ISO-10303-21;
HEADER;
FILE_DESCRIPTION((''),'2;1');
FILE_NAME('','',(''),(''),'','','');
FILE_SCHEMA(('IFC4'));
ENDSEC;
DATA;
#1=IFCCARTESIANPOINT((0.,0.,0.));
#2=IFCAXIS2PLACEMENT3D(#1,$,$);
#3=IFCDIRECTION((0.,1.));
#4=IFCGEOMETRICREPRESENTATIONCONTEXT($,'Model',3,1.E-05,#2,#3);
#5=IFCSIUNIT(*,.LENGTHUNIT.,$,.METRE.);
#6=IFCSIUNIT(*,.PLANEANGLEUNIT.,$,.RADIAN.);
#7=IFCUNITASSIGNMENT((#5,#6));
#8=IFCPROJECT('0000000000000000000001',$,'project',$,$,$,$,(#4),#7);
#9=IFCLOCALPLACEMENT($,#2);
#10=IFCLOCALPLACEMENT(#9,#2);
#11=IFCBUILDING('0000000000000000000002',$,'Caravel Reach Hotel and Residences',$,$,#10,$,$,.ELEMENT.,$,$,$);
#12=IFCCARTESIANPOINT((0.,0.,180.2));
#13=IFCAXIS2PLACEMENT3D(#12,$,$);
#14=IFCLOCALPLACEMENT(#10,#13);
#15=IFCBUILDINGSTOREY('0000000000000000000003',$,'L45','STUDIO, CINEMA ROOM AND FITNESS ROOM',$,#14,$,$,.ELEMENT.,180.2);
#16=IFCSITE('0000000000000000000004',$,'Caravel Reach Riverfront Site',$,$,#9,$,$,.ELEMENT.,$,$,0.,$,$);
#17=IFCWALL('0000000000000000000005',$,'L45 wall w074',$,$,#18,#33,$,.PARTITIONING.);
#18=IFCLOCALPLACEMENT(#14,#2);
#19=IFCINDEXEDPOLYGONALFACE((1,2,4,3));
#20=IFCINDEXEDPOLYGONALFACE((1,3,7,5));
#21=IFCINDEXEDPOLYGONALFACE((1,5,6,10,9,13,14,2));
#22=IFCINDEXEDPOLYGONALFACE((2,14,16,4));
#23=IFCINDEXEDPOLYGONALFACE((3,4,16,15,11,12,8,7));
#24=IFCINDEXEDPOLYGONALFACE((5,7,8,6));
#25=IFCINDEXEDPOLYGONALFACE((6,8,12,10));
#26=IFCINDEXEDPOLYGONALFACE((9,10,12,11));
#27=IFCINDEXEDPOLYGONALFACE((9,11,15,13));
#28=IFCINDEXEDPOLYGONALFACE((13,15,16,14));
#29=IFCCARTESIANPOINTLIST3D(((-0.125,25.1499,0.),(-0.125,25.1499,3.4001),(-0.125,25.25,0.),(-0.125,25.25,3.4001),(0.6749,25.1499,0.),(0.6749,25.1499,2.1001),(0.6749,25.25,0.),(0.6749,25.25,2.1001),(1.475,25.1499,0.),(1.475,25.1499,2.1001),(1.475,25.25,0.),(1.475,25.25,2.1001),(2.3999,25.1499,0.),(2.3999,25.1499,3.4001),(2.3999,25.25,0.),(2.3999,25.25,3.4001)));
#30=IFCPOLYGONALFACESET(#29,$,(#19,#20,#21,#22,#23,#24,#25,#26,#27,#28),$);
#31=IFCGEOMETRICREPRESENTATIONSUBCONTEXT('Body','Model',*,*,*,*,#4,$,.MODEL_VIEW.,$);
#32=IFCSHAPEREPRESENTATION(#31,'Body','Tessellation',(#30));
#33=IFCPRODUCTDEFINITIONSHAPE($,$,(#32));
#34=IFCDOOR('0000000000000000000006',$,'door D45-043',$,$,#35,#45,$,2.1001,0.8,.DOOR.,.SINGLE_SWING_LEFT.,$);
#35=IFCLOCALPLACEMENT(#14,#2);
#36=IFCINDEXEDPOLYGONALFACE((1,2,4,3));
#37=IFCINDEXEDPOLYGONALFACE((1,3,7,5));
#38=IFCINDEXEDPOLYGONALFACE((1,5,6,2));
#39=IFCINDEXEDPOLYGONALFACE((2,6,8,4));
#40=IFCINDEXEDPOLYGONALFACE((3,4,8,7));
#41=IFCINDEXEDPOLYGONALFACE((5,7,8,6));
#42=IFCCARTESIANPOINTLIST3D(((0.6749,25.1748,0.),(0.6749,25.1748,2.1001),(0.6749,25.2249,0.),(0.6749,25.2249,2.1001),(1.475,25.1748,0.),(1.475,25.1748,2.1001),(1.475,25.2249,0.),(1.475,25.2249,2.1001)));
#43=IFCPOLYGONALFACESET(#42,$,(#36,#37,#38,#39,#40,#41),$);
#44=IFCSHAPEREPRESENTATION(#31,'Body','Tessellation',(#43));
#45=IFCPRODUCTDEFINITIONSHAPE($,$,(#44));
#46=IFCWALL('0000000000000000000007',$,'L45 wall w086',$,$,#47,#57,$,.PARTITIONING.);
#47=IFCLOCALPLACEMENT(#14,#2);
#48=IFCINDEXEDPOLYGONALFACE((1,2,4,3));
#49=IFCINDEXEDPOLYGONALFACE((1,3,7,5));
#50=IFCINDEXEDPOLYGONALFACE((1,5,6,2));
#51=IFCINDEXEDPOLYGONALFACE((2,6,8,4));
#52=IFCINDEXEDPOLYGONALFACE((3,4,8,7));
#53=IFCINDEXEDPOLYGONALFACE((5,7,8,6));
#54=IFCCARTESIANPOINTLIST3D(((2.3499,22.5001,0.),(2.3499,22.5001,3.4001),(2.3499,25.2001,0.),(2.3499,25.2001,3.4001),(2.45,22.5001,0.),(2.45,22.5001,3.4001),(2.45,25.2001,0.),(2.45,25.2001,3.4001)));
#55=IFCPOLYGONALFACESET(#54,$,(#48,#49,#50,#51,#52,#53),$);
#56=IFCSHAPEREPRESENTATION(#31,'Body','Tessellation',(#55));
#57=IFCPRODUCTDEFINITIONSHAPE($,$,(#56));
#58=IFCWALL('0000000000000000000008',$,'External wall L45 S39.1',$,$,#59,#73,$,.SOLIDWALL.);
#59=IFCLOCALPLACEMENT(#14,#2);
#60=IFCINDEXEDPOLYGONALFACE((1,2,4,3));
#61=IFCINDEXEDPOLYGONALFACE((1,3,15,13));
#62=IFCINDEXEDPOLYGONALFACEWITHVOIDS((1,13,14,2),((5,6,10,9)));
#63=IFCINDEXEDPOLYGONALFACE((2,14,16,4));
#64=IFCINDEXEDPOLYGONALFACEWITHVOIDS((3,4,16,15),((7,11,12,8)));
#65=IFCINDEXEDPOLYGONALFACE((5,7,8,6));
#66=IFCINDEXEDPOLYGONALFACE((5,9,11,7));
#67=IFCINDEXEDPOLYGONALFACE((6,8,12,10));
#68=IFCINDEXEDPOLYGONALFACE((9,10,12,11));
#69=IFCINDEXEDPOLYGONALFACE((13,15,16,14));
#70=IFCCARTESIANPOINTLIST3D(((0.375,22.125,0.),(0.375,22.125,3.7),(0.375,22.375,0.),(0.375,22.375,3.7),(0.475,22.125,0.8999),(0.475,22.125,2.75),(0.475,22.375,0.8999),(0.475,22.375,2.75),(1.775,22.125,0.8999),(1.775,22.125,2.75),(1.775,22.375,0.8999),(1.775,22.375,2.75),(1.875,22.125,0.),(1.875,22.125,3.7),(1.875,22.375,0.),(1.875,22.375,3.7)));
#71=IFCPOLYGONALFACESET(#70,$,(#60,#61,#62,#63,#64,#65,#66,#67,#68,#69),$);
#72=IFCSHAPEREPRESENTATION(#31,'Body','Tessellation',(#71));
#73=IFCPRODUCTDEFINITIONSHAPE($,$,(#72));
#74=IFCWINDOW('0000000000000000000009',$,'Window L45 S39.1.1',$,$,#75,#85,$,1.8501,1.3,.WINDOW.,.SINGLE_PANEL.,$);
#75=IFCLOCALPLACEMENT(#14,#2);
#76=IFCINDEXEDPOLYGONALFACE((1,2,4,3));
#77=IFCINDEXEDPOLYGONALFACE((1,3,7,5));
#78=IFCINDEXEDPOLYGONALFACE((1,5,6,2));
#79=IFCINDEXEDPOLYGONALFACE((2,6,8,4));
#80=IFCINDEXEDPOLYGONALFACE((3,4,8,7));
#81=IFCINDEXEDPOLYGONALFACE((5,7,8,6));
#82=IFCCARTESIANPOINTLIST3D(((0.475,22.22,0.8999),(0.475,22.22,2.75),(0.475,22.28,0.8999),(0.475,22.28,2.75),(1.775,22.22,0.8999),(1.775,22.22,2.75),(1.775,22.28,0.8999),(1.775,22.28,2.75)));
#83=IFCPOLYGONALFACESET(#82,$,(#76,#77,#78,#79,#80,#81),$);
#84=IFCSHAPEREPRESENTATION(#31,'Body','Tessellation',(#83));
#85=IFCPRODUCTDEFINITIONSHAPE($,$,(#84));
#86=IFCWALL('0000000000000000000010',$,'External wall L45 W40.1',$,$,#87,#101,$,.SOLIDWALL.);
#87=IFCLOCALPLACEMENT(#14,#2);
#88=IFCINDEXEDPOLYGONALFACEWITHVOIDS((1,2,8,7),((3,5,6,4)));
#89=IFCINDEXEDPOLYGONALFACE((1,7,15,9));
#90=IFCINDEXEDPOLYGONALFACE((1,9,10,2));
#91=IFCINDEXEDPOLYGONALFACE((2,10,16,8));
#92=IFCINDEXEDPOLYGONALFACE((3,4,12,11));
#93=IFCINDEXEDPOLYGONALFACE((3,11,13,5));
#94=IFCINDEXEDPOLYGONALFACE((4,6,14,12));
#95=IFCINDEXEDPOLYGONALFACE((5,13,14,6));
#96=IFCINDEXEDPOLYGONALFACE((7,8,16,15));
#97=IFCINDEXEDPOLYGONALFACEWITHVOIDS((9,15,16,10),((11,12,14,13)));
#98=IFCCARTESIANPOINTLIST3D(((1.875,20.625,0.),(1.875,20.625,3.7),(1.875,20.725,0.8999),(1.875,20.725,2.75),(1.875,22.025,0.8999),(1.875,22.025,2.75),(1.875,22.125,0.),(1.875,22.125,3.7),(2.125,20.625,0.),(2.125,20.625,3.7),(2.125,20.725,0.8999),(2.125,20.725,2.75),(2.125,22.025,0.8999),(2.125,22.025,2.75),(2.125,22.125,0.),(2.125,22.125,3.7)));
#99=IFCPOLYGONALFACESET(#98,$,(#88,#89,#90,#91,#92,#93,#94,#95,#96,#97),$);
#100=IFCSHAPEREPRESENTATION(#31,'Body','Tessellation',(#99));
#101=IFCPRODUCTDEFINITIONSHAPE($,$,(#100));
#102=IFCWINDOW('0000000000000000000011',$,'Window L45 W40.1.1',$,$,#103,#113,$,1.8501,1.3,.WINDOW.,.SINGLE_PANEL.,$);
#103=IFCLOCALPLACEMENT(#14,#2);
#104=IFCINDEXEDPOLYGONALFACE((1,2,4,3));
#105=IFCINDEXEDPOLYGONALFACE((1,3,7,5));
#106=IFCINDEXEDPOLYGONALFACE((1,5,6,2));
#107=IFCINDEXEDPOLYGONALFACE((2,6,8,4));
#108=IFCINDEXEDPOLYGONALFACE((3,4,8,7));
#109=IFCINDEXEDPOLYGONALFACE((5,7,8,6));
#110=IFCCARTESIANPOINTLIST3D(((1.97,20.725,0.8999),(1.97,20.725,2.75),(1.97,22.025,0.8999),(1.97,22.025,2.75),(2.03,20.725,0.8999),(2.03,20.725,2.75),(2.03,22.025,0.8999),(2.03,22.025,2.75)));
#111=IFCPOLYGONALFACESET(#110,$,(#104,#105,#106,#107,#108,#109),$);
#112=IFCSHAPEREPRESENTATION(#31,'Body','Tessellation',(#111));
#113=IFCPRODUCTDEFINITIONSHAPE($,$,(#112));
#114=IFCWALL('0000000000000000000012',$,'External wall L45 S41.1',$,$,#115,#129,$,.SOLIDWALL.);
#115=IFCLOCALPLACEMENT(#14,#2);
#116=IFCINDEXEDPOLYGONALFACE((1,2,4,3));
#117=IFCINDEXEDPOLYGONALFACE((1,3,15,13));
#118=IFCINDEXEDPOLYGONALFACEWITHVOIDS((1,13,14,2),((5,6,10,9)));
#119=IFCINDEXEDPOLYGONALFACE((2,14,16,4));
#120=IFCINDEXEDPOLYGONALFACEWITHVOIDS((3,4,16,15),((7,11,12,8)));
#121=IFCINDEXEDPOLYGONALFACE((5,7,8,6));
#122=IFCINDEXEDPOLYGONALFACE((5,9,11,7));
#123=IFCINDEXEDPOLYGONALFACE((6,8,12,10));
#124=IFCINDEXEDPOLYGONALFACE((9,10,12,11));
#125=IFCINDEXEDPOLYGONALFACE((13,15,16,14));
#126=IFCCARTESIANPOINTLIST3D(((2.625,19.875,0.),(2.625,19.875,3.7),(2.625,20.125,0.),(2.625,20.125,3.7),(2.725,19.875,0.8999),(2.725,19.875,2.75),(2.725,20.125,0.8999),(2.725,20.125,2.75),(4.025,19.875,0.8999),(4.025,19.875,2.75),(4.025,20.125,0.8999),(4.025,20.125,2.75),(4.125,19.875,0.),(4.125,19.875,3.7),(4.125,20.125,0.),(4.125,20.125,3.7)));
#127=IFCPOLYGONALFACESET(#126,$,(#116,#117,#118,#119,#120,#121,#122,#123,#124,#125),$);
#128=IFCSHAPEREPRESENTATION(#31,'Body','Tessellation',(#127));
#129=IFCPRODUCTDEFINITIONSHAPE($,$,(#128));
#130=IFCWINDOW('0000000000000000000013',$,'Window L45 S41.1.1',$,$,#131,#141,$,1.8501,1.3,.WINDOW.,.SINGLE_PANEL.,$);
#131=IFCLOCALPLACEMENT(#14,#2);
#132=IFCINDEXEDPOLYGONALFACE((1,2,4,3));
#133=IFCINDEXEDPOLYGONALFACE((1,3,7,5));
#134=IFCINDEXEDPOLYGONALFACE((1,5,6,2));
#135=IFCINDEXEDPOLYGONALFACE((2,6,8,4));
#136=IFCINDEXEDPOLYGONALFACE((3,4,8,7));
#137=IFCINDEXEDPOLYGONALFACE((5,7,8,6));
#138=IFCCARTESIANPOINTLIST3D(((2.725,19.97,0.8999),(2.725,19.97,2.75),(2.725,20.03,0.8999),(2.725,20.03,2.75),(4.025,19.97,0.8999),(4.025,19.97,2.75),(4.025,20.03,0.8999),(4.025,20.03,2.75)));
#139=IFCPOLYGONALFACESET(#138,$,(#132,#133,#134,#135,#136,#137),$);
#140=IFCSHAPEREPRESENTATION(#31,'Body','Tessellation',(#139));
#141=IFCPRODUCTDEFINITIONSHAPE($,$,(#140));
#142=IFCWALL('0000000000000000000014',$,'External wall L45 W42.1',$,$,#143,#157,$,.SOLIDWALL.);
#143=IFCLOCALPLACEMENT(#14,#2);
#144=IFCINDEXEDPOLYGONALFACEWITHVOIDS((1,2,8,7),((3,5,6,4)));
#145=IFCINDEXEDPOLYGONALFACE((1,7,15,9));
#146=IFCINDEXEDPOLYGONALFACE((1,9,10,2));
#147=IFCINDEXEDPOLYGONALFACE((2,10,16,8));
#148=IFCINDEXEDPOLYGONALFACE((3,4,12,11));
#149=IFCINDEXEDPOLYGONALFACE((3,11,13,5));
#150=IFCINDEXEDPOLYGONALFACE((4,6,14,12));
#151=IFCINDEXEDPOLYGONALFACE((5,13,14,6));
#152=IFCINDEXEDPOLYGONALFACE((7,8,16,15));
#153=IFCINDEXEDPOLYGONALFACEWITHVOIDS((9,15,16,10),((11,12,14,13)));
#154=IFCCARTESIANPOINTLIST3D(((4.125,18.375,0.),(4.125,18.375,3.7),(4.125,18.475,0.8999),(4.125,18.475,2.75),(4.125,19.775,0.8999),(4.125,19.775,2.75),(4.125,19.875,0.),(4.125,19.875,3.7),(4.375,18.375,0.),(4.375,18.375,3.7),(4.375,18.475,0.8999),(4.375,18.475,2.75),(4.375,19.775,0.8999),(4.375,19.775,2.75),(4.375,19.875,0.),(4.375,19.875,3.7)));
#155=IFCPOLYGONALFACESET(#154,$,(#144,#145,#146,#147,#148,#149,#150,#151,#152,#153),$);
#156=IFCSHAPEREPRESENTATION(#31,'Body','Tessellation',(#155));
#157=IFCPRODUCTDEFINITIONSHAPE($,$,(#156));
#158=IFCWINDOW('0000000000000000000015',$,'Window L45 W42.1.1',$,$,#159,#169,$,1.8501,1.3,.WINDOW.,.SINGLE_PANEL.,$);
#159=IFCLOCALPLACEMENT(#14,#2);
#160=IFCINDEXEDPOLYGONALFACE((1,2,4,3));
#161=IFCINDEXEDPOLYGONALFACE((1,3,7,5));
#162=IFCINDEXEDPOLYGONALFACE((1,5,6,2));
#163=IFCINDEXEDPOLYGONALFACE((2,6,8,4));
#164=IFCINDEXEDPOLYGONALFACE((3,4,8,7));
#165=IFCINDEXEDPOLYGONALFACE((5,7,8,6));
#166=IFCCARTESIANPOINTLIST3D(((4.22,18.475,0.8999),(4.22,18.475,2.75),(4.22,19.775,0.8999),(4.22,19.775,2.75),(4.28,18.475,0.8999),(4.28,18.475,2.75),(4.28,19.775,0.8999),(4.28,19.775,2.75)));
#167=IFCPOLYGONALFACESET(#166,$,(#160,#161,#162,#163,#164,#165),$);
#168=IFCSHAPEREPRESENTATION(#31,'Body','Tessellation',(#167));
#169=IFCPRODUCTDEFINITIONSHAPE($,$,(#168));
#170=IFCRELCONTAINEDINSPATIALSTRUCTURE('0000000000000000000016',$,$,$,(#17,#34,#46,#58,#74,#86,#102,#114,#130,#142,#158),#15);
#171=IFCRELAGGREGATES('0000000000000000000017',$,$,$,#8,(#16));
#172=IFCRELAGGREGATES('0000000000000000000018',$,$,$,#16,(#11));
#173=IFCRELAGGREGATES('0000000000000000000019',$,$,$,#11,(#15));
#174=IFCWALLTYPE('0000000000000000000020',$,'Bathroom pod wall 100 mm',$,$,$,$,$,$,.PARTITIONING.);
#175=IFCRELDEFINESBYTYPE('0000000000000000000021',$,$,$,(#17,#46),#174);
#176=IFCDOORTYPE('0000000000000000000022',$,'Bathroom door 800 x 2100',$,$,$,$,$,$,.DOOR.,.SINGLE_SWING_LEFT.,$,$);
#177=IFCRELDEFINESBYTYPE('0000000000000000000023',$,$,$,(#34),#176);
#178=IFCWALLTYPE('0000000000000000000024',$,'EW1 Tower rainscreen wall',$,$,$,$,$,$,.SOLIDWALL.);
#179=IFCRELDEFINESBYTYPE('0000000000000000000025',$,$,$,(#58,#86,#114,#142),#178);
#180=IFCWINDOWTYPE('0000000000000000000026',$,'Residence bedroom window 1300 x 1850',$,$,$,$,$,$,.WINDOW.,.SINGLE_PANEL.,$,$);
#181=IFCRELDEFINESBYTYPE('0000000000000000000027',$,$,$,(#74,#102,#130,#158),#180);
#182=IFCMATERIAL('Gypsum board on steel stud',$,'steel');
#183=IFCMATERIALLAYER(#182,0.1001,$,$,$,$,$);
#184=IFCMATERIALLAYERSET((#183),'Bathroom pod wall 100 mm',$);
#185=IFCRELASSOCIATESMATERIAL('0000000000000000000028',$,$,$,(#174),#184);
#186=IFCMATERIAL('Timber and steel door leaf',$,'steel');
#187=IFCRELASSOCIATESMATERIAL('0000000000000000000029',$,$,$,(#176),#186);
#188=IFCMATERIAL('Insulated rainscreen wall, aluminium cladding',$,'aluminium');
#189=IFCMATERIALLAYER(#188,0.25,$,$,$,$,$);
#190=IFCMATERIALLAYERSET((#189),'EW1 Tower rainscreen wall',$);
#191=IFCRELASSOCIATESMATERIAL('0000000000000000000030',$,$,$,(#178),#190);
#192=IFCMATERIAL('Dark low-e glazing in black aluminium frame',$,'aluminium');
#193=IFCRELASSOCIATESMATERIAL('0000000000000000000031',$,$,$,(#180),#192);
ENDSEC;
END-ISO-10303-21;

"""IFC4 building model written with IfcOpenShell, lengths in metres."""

from ifc_helpers import new_model, si_unit, direction, frame, frame_2d, origin, place, context, subcontext, project, spatial, rectangle, extrude, material, layer, layer_set, type_object, element, fill, save


model = new_model("IFC4")

# Units and contexts
model_context = context("Model", 3, precision=1e-05, world=origin(), true_north=direction((0.0, 1.0)))
body_context = subcontext(model_context, "Body", "Model", "MODEL_VIEW")
ifc_project = project(units=[si_unit("LENGTHUNIT", "METRE"), si_unit("PLANEANGLEUNIT", "RADIAN")], contexts=[model_context])

# Site, building, storey
site_placement = place(None, origin())
site = spatial("IfcSite", under=ifc_project, at=site_placement, Name="Caravel Reach Riverfront Site", CompositionType="ELEMENT", RefElevation=0.0)
building_placement = place(site_placement, origin())
building = spatial("IfcBuilding", under=site, at=building_placement, Name="Caravel Reach Hotel and Residences", CompositionType="ELEMENT")
storey_placement = place(building_placement, frame((0.0, 0.0, 180.2)))
storey = spatial("IfcBuildingStorey", under=building, at=storey_placement, Name="L45", Description="STUDIO, CINEMA ROOM AND FITNESS ROOM", CompositionType="ELEMENT", Elevation=180.2)

# Wall, opening, door
ifc_material_1 = material(Name="Gypsum board on steel stud", Category="steel")
ifc_layer_1 = layer(ifc_material_1, 0.1001)
ifc_layer_set_1 = layer_set([ifc_layer_1], Name="Bathroom pod wall 100 mm")
wall_type_1 = type_object("IfcWallType", Name="Bathroom pod wall 100 mm", PredefinedType="PARTITIONING", material=ifc_layer_set_1)
wall_1_placement = place(storey_placement, frame((-0.125, 25.2, 0.0), z_axis=(0.0, 0.0, 1.0), x_axis=(1.0, 0.0, 0.0)))
wall_1 = element("IfcWall", 1, at=wall_1_placement, inside=storey, type_object=wall_type_1, Name="L45 wall w074", PredefinedType="PARTITIONING", context=body_context, shape_type="SweptSolid", body=[
    extrude(rectangle(XDim=2.5249, YDim=0.1001, at=frame_2d((1.2625, 0.0))), origin(), (0.0, 0.0, 1.0), 3.4001),
])
opening_1_placement = place(wall_1_placement, frame((0.8, 0.0, 0.0)))
opening_1 = element("IfcOpeningElement", 2, at=opening_1_placement, cuts=wall_1, PredefinedType="OPENING", context=body_context, shape_type="SweptSolid", body=[
    extrude(rectangle(XDim=0.8, YDim=2.1001, at=frame_2d((0.3999, 1.05))), frame((0.0, 0.0601, 0.0), z_axis=(0.0, -1.0, 0.0), x_axis=(1.0, 0.0, 0.0)), (0.0, 0.0, 1.0), 0.1201),
])
ifc_material_2 = material(Name="Timber and steel door leaf", Category="steel")
door_type = type_object("IfcDoorType", Name="Bathroom door 800 x 2100", OperationType="SINGLE_SWING_LEFT", PredefinedType="DOOR", material=ifc_material_2)
door_placement = place(opening_1_placement, origin())
door = element("IfcDoor", 3, at=door_placement, inside=storey, type_object=door_type, Name="door D45-043", OperationType="SINGLE_SWING_LEFT", OverallHeight=2.1001, OverallWidth=0.8, PredefinedType="DOOR", context=body_context, shape_type="SweptSolid", body=[
    extrude(rectangle(XDim=0.8, YDim=2.1001, at=frame_2d((0.3999, 1.05))), frame((0.0, 0.0249, 0.0), z_axis=(0.0, -1.0, 0.0), x_axis=(1.0, 0.0, 0.0)), (0.0, 0.0, 1.0), 0.05),
])
fill(opening_1, door)

# Wall
wall_2_placement = place(storey_placement, frame((2.3999, 22.5, 0.0), z_axis=(0.0, 0.0, 1.0), x_axis=(0.0, 1.0, 0.0)))
element("IfcWall", 4, at=wall_2_placement, inside=storey, type_object=wall_type_1, Name="L45 wall w086", PredefinedType="PARTITIONING", context=body_context, shape_type="SweptSolid", body=[
    extrude(rectangle(XDim=2.7, YDim=0.1001, at=frame_2d((1.3501, 0.0))), origin(), (0.0, 0.0, 1.0), 3.4001),
])

# Walls, openings, windows
ifc_material_3 = material(Name="Insulated rainscreen wall, aluminium cladding", Category="aluminium")
ifc_layer_2 = layer(ifc_material_3, 0.25)
ifc_layer_set_2 = layer_set([ifc_layer_2], Name="EW1 Tower rainscreen wall")
wall_type_2 = type_object("IfcWallType", Name="EW1 Tower rainscreen wall", PredefinedType="SOLIDWALL", material=ifc_layer_set_2)
wall_3_placement = place(storey_placement, frame((0.375, 22.25, 0.0), z_axis=(0.0, 0.0, 1.0), x_axis=(1.0, 0.0, 0.0)))
wall_3 = element("IfcWall", 5, at=wall_3_placement, inside=storey, type_object=wall_type_2, Name="External wall L45 S39.1", PredefinedType="SOLIDWALL", context=body_context, shape_type="SweptSolid", body=[
    extrude(rectangle(XDim=1.5, YDim=0.25, at=frame_2d((0.75, 0.0))), origin(), (0.0, 0.0, 1.0), 3.7),
])
opening_2_placement = place(wall_3_placement, frame((0.1001, 0.0, 0.8999)))
opening_2 = element("IfcOpeningElement", 6, at=opening_2_placement, cuts=wall_3, PredefinedType="OPENING", context=body_context, shape_type="SweptSolid", body=[
    extrude(rectangle(XDim=1.3, YDim=1.8501, at=frame_2d((0.6499, 0.925))), frame((0.0, 0.135, 0.0), z_axis=(0.0, -1.0, 0.0), x_axis=(1.0, 0.0, 0.0)), (0.0, 0.0, 1.0), 0.27),
])
ifc_material_4 = material(Name="Dark low-e glazing in black aluminium frame", Category="aluminium")
window_type = type_object("IfcWindowType", Name="Residence bedroom window 1300 x 1850", PartitioningType="SINGLE_PANEL", PredefinedType="WINDOW", material=ifc_material_4)
window_1_placement = place(opening_2_placement, origin())
window_1 = element("IfcWindow", 7, at=window_1_placement, inside=storey, type_object=window_type, Name="Window L45 S39.1.1", OverallHeight=1.8501, OverallWidth=1.3, PartitioningType="SINGLE_PANEL", PredefinedType="WINDOW", context=body_context, shape_type="SweptSolid", body=[
    extrude(rectangle(XDim=1.3, YDim=1.8501, at=frame_2d((0.6499, 0.925))), frame((0.0, 0.03, 0.0), z_axis=(0.0, -1.0, 0.0), x_axis=(1.0, 0.0, 0.0)), (0.0, 0.0, 1.0), 0.0601),
])
fill(opening_2, window_1)
wall_4_placement = place(storey_placement, frame((2.0, 22.125, 0.0), z_axis=(0.0, 0.0, 1.0), x_axis=(0.0, -1.0, 0.0)))
wall_4 = element("IfcWall", 8, at=wall_4_placement, inside=storey, type_object=wall_type_2, Name="External wall L45 W40.1", PredefinedType="SOLIDWALL", context=body_context, shape_type="SweptSolid", body=[
    extrude(rectangle(XDim=1.5, YDim=0.25, at=frame_2d((0.75, 0.0))), origin(), (0.0, 0.0, 1.0), 3.7),
])
opening_3_placement = place(wall_4_placement, frame((0.1001, 0.0, 0.8999)))
opening_3 = element("IfcOpeningElement", 9, at=opening_3_placement, cuts=wall_4, PredefinedType="OPENING", context=body_context, shape_type="SweptSolid", body=[
    extrude(rectangle(XDim=1.3, YDim=1.8501, at=frame_2d((0.6499, 0.925))), frame((0.0, 0.135, 0.0), z_axis=(0.0, -1.0, 0.0), x_axis=(1.0, 0.0, 0.0)), (0.0, 0.0, 1.0), 0.27),
])
window_2_placement = place(opening_3_placement, origin())
window_2 = element("IfcWindow", 10, at=window_2_placement, inside=storey, type_object=window_type, Name="Window L45 W40.1.1", OverallHeight=1.8501, OverallWidth=1.3, PartitioningType="SINGLE_PANEL", PredefinedType="WINDOW", context=body_context, shape_type="SweptSolid", body=[
    extrude(rectangle(XDim=1.3, YDim=1.8501, at=frame_2d((0.6499, 0.925))), frame((0.0, 0.03, 0.0), z_axis=(0.0, -1.0, 0.0), x_axis=(1.0, 0.0, 0.0)), (0.0, 0.0, 1.0), 0.0601),
])
fill(opening_3, window_2)
wall_5_placement = place(storey_placement, frame((2.625, 20.0, 0.0), z_axis=(0.0, 0.0, 1.0), x_axis=(1.0, 0.0, 0.0)))
wall_5 = element("IfcWall", 11, at=wall_5_placement, inside=storey, type_object=wall_type_2, Name="External wall L45 S41.1", PredefinedType="SOLIDWALL", context=body_context, shape_type="SweptSolid", body=[
    extrude(rectangle(XDim=1.5, YDim=0.25, at=frame_2d((0.75, 0.0))), origin(), (0.0, 0.0, 1.0), 3.7),
])
opening_4_placement = place(wall_5_placement, frame((0.1001, 0.0, 0.8999)))
opening_4 = element("IfcOpeningElement", 12, at=opening_4_placement, cuts=wall_5, PredefinedType="OPENING", context=body_context, shape_type="SweptSolid", body=[
    extrude(rectangle(XDim=1.3, YDim=1.8501, at=frame_2d((0.6499, 0.925))), frame((0.0, 0.135, 0.0), z_axis=(0.0, -1.0, 0.0), x_axis=(1.0, 0.0, 0.0)), (0.0, 0.0, 1.0), 0.27),
])
window_3_placement = place(opening_4_placement, origin())
window_3 = element("IfcWindow", 13, at=window_3_placement, inside=storey, type_object=window_type, Name="Window L45 S41.1.1", OverallHeight=1.8501, OverallWidth=1.3, PartitioningType="SINGLE_PANEL", PredefinedType="WINDOW", context=body_context, shape_type="SweptSolid", body=[
    extrude(rectangle(XDim=1.3, YDim=1.8501, at=frame_2d((0.6499, 0.925))), frame((0.0, 0.03, 0.0), z_axis=(0.0, -1.0, 0.0), x_axis=(1.0, 0.0, 0.0)), (0.0, 0.0, 1.0), 0.0601),
])
fill(opening_4, window_3)
wall_6_placement = place(storey_placement, frame((4.25, 19.875, 0.0), z_axis=(0.0, 0.0, 1.0), x_axis=(0.0, -1.0, 0.0)))
wall_6 = element("IfcWall", 14, at=wall_6_placement, inside=storey, type_object=wall_type_2, Name="External wall L45 W42.1", PredefinedType="SOLIDWALL", context=body_context, shape_type="SweptSolid", body=[
    extrude(rectangle(XDim=1.5, YDim=0.25, at=frame_2d((0.75, 0.0))), origin(), (0.0, 0.0, 1.0), 3.7),
])
opening_5_placement = place(wall_6_placement, frame((0.1001, 0.0, 0.8999)))
opening_5 = element("IfcOpeningElement", 15, at=opening_5_placement, cuts=wall_6, PredefinedType="OPENING", context=body_context, shape_type="SweptSolid", body=[
    extrude(rectangle(XDim=1.3, YDim=1.8501, at=frame_2d((0.6499, 0.925))), frame((0.0, 0.135, 0.0), z_axis=(0.0, -1.0, 0.0), x_axis=(1.0, 0.0, 0.0)), (0.0, 0.0, 1.0), 0.27),
])
window_4_placement = place(opening_5_placement, origin())
window_4 = element("IfcWindow", 16, at=window_4_placement, inside=storey, type_object=window_type, Name="Window L45 W42.1.1", OverallHeight=1.8501, OverallWidth=1.3, PartitioningType="SINGLE_PANEL", PredefinedType="WINDOW", context=body_context, shape_type="SweptSolid", body=[
    extrude(rectangle(XDim=1.3, YDim=1.8501, at=frame_2d((0.6499, 0.925))), frame((0.0, 0.03, 0.0), z_axis=(0.0, -1.0, 0.0), x_axis=(1.0, 0.0, 0.0)), (0.0, 0.0, 1.0), 0.0601),
])
fill(opening_5, window_4)

save(model, "model.ifc")
